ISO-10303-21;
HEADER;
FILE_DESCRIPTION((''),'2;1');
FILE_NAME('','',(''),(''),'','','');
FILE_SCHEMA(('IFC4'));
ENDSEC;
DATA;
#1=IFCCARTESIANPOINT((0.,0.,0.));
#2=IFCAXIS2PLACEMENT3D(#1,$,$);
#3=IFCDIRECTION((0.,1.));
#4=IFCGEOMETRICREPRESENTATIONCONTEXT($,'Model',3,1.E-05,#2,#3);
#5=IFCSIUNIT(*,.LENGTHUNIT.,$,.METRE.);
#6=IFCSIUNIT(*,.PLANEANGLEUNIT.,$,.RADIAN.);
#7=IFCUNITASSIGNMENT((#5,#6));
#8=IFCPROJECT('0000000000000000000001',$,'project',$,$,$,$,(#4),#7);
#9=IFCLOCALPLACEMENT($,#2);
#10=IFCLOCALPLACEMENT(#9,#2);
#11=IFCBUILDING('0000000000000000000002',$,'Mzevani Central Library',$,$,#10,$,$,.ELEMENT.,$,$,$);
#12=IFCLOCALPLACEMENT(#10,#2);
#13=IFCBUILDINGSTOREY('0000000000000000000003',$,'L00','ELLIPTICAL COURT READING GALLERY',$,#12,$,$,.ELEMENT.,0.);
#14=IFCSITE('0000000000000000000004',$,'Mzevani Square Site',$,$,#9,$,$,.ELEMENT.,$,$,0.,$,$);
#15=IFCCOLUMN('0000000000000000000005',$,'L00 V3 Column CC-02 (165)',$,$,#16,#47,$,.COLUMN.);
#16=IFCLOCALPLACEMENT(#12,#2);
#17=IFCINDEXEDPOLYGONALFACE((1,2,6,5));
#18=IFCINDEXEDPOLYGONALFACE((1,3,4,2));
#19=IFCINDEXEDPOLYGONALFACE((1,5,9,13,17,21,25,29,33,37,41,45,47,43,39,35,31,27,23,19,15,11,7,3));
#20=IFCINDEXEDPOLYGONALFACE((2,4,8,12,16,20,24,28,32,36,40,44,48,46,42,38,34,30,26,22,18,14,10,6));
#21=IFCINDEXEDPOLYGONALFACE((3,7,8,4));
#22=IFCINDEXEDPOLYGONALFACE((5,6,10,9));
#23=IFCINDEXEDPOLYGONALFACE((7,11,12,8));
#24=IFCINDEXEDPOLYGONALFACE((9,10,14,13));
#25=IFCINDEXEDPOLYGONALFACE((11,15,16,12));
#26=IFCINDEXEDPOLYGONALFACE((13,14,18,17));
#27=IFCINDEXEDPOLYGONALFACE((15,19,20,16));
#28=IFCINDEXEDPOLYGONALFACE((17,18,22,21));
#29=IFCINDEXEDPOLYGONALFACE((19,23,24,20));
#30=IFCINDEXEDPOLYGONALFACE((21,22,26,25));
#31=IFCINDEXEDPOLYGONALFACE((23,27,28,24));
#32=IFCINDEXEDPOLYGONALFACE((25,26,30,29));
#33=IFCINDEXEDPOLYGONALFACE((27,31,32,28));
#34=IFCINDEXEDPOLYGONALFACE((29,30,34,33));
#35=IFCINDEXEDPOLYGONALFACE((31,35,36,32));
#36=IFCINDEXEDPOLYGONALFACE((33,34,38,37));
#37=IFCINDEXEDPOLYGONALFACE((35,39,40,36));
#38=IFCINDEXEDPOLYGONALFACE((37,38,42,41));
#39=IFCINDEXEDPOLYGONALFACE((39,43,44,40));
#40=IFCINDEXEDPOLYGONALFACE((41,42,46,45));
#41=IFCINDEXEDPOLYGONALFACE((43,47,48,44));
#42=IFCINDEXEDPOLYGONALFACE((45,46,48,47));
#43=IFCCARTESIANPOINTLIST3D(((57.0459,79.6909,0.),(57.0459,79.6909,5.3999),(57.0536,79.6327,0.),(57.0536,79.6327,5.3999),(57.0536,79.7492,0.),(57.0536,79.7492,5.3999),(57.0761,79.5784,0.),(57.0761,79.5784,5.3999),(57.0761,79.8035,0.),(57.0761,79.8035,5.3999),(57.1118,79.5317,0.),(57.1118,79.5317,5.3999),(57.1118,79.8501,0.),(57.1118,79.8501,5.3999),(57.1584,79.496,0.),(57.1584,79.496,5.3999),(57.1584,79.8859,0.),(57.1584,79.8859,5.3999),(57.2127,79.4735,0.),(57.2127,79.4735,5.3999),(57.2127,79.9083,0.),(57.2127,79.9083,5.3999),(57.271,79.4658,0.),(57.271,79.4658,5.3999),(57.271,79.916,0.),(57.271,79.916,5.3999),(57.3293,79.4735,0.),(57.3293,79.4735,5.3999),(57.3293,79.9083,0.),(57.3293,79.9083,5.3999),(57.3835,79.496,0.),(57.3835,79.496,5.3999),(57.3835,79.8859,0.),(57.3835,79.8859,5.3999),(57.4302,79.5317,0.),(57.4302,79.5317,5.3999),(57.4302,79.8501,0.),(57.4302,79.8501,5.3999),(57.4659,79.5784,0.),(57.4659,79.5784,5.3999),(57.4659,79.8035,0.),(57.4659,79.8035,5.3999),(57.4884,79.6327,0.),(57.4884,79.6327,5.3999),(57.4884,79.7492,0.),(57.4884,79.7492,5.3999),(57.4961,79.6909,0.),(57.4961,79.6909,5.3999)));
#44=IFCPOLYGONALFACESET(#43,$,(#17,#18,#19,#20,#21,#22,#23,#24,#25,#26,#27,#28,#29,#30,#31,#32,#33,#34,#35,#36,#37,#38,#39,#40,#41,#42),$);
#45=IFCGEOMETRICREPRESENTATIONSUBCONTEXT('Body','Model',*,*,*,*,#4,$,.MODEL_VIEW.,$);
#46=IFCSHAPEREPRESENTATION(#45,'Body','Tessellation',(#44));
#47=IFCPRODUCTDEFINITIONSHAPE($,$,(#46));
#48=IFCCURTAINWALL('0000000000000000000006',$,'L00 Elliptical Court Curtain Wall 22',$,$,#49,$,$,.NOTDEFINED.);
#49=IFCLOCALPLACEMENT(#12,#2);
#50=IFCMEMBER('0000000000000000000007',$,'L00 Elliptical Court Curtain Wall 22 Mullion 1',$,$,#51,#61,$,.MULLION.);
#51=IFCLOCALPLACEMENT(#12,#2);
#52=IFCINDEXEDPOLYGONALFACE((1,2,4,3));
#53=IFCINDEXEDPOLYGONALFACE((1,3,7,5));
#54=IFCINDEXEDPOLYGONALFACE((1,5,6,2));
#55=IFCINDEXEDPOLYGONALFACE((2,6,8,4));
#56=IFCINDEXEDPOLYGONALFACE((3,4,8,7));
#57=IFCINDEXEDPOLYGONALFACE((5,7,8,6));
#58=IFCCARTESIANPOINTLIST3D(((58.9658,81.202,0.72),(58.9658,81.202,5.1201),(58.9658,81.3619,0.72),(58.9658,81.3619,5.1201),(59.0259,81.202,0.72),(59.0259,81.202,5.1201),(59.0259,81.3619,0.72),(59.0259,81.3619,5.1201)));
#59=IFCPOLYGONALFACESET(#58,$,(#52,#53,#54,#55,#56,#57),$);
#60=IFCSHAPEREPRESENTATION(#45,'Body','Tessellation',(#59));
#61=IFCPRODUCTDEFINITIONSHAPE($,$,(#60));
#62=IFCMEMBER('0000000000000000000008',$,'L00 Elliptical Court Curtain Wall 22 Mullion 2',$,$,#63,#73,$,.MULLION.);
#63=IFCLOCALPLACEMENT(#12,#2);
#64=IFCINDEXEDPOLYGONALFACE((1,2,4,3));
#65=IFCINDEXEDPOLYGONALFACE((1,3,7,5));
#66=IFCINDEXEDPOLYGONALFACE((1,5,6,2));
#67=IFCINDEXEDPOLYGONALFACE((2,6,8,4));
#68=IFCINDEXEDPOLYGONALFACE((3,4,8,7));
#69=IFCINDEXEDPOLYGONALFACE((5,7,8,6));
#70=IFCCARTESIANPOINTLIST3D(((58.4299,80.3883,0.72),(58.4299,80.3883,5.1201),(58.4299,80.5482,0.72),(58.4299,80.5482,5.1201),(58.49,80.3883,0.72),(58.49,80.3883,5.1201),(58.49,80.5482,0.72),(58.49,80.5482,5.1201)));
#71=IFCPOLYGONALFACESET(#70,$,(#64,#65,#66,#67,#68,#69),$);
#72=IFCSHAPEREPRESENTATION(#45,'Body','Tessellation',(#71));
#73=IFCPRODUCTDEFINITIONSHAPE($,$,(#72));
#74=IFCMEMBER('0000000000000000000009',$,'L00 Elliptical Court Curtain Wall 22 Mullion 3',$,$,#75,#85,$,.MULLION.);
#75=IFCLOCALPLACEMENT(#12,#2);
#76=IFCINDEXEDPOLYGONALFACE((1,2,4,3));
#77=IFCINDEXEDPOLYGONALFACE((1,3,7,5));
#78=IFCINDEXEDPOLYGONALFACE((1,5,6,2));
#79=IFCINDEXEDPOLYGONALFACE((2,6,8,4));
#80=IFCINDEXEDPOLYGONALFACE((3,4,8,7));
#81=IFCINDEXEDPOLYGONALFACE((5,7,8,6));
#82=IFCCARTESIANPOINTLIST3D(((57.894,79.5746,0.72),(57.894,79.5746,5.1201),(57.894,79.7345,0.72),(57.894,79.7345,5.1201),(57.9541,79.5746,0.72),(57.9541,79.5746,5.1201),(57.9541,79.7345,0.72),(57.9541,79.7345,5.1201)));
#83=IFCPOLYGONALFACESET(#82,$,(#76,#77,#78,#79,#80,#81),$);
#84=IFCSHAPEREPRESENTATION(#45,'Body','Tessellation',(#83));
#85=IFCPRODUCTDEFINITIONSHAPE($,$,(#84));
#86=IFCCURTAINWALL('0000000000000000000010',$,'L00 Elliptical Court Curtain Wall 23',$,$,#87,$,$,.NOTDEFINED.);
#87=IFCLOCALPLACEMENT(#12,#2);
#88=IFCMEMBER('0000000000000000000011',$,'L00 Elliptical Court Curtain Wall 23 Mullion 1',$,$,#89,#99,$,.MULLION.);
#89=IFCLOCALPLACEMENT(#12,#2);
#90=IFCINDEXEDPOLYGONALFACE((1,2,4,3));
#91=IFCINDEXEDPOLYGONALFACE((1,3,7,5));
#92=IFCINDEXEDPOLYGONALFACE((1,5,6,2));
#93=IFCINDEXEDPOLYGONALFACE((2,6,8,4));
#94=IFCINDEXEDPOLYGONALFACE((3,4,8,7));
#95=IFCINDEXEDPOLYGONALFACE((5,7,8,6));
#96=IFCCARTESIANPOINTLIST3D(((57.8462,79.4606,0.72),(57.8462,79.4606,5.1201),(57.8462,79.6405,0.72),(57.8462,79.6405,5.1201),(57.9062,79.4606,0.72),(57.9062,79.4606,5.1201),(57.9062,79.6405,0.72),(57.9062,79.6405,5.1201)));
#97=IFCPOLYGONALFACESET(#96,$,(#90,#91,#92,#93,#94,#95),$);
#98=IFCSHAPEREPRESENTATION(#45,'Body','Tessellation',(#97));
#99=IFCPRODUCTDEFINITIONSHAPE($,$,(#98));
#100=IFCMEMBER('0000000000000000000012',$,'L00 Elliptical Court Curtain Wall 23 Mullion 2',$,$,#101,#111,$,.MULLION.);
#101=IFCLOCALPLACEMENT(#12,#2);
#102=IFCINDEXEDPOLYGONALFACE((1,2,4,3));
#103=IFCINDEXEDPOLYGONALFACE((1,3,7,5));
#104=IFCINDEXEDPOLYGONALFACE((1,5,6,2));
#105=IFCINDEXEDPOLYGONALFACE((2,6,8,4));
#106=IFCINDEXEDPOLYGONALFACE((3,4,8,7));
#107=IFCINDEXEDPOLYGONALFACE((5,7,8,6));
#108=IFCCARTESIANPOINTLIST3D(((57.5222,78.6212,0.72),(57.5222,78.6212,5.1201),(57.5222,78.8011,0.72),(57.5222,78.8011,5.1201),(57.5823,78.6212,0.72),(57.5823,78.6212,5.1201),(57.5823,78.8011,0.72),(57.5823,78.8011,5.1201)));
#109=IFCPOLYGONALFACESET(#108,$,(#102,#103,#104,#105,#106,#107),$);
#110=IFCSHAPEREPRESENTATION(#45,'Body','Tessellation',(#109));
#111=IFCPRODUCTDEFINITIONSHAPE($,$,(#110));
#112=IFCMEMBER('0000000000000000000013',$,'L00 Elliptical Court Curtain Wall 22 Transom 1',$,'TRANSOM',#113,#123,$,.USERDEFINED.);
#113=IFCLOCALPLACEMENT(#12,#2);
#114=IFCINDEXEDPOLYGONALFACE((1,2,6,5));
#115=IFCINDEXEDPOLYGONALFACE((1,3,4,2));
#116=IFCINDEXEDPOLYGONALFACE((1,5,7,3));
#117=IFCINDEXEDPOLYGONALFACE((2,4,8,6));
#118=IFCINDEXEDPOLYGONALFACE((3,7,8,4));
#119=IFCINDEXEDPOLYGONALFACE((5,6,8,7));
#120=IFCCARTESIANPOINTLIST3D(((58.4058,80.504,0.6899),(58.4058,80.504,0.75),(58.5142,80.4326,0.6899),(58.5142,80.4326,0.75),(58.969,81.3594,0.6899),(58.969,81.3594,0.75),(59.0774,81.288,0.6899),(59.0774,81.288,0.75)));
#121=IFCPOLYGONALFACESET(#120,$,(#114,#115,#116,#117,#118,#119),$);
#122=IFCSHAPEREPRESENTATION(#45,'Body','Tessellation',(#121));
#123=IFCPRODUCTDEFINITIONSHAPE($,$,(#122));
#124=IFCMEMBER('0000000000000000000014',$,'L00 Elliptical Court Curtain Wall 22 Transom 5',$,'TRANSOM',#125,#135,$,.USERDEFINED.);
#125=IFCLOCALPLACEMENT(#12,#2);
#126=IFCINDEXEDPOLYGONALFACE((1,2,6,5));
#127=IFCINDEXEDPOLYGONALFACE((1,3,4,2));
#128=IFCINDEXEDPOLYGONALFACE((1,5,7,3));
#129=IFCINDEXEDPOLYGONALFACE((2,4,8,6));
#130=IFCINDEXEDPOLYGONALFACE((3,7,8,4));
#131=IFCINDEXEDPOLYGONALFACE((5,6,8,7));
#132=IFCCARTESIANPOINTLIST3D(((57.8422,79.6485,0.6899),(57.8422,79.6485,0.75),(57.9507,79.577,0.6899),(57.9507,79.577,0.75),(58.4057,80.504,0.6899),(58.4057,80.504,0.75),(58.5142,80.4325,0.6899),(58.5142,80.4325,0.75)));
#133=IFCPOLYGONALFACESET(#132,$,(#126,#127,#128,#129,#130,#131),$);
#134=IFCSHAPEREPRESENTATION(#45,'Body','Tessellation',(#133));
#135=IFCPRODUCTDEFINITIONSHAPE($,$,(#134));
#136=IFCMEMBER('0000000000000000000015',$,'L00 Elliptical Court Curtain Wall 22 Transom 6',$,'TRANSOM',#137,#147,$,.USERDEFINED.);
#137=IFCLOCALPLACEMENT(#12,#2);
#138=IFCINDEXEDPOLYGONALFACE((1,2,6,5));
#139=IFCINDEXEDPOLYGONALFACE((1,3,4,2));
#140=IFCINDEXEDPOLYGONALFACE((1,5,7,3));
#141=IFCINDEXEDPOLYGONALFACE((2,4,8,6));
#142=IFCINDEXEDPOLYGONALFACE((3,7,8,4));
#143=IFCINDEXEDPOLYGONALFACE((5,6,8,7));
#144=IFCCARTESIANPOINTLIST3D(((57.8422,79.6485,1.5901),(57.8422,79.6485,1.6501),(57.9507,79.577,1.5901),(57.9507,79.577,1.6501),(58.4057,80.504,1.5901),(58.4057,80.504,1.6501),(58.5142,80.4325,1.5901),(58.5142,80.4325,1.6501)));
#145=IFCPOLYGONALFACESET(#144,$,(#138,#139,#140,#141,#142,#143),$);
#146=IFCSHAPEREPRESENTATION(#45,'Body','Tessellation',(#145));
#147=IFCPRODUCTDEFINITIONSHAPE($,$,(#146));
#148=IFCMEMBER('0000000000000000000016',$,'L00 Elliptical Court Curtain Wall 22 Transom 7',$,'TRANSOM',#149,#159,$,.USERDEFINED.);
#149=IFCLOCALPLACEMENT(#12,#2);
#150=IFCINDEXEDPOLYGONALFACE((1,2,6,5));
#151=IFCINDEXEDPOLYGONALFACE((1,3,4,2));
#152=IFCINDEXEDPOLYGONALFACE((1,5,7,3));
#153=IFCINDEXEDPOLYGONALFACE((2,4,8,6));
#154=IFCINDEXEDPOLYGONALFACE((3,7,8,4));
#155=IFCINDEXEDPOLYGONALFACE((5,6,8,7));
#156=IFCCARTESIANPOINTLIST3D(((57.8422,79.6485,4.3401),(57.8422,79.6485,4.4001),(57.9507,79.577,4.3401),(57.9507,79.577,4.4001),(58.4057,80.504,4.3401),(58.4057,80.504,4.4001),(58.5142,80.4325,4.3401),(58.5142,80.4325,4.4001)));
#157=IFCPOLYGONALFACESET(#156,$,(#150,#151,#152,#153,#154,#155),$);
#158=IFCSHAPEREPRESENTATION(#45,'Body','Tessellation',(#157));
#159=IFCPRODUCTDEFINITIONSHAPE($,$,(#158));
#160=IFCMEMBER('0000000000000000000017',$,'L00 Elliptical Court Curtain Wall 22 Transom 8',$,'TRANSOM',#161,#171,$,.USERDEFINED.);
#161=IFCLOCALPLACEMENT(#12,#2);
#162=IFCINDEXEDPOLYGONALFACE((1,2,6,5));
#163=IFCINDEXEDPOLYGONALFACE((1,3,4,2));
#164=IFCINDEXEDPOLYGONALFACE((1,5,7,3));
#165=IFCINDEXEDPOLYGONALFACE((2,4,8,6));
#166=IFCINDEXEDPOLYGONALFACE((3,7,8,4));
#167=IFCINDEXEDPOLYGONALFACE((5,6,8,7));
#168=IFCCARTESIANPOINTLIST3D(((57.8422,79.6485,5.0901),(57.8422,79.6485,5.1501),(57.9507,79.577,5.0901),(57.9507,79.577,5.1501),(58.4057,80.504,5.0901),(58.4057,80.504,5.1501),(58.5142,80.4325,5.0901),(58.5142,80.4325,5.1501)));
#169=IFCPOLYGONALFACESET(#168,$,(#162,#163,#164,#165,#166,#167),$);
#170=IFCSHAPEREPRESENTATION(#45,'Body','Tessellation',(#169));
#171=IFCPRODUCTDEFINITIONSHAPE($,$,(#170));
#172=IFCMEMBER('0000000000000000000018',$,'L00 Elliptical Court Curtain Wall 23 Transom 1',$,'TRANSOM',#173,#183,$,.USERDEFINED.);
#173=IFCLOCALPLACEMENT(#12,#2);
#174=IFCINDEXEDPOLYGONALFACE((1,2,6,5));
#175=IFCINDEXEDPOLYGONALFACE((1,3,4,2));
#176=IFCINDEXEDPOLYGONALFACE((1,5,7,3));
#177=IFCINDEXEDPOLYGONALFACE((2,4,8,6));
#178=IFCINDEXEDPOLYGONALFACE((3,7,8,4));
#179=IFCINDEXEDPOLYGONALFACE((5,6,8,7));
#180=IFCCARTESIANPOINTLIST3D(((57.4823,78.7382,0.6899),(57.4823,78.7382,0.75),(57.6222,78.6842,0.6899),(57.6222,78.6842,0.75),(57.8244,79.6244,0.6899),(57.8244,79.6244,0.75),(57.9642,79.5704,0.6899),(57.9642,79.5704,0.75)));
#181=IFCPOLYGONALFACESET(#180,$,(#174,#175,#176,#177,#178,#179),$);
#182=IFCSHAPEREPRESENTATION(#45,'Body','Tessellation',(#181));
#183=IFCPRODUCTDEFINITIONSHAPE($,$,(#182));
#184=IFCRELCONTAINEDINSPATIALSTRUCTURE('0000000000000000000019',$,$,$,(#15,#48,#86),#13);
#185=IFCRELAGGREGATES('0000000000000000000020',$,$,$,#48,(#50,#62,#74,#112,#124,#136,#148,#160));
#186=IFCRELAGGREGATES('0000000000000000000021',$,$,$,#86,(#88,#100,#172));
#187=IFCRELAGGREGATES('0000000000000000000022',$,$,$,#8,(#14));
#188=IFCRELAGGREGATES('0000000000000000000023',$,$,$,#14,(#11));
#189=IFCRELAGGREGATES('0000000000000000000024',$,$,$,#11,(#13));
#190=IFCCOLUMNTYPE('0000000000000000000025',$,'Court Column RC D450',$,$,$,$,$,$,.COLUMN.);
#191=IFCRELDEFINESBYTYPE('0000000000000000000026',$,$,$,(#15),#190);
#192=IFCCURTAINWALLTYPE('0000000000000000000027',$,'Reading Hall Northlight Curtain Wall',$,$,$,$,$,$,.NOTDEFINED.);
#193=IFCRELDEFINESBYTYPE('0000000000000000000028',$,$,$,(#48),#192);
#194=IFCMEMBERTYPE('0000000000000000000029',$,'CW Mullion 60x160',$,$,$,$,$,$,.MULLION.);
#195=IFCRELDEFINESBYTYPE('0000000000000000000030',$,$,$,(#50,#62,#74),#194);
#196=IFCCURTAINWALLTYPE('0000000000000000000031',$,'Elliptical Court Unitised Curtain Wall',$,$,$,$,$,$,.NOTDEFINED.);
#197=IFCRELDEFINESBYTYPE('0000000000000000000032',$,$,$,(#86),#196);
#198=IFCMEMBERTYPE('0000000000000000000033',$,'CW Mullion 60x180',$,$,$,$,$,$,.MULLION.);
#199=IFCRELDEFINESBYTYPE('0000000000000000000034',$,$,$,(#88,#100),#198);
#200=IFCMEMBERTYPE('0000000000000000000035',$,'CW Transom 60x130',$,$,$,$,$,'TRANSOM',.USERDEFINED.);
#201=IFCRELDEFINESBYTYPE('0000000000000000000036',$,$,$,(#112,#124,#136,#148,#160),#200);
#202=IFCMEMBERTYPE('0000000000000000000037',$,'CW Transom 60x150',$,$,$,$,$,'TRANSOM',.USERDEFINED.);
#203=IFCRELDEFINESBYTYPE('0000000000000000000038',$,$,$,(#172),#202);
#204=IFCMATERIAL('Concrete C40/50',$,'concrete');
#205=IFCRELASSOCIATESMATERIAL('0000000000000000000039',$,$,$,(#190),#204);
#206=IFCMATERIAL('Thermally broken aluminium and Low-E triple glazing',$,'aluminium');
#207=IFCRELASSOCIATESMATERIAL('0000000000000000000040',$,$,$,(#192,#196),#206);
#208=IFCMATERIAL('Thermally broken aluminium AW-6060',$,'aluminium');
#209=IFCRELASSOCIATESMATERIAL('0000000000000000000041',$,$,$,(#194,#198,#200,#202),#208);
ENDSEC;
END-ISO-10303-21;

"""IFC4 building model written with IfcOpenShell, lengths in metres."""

from ifc_helpers import new_model, si_unit, direction, frame, origin, origin_2d, place, context, subcontext, project, spatial, rectangle, circle, extrude, material, material_profile, profile_set, type_object, element, aggregate, save


model = new_model("IFC4")

# Units and contexts
model_context = context("Model", 3, precision=1e-05, world=origin(), true_north=direction((0.0, 1.0)))
body_context = subcontext(model_context, "Body", "Model", "MODEL_VIEW")
ifc_project = project(units=[si_unit("LENGTHUNIT", "METRE"), si_unit("PLANEANGLEUNIT", "RADIAN")], contexts=[model_context])

# Site, building, storey
site_placement = place(None, origin())
site = spatial("IfcSite", under=ifc_project, at=site_placement, Name="Mzevani Square Site", CompositionType="ELEMENT", RefElevation=0.0)
building_placement = place(site_placement, origin())
building = spatial("IfcBuilding", under=site, at=building_placement, Name="Mzevani Central Library", CompositionType="ELEMENT")
storey_placement = place(building_placement, origin())
storey = spatial("IfcBuildingStorey", under=building, at=storey_placement, Name="L00", Description="ELLIPTICAL COURT READING GALLERY", CompositionType="ELEMENT", Elevation=0.0)

# Column
ifc_material_1 = material(Name="Concrete C40/50", Category="concrete")
ifc_material_profile_1 = material_profile(ifc_material_1, circle(Radius=0.2251, at=origin_2d()), Name="RC D450")
ifc_profile_set_1 = profile_set([ifc_material_profile_1], Name="Concrete C40/50")
column_type = type_object("IfcColumnType", Name="Court Column RC D450", PredefinedType="COLUMN", material=ifc_profile_set_1)
column_placement = place(storey_placement, frame((57.271, 79.6909, 0.0), z_axis=(0.0, 0.0, 1.0), x_axis=(1.0, 0.0, 0.0)))
element("IfcColumn", 1, at=column_placement, inside=storey, type_object=column_type, Name="L00 V3 Column CC-02 (165)", PredefinedType="COLUMN", context=body_context, shape_type="SweptSolid", body=[
    extrude(circle(Radius=0.2251, at=origin_2d()), origin(), (0.0, 0.0, 1.0), 5.3999),
])

# Curtain walls, members
ifc_material_2 = material(Name="Thermally broken aluminium and Low-E triple glazing", Category="aluminium")
curtain_wall_type_1 = type_object("IfcCurtainWallType", Name="Reading Hall Northlight Curtain Wall", PredefinedType="NOTDEFINED", material=ifc_material_2)
curtain_wall_1_placement = place(storey_placement, origin())
curtain_wall_1 = element("IfcCurtainWall", 2, at=curtain_wall_1_placement, inside=storey, type_object=curtain_wall_type_1, Name="L00 Elliptical Court Curtain Wall 22", PredefinedType="NOTDEFINED")
ifc_material_3 = material(Name="Thermally broken aluminium AW-6060", Category="aluminium")
ifc_material_profile_2 = material_profile(ifc_material_3, rectangle(XDim=0.0601, YDim=0.1599, at=origin_2d()), Name="ALU M60x160")
ifc_profile_set_2 = profile_set([ifc_material_profile_2], Name="Thermally broken aluminium AW-6060")
member_type_1 = type_object("IfcMemberType", Name="CW Mullion 60x160", PredefinedType="MULLION", material=ifc_profile_set_2)
member_1_placement = place(storey_placement, frame((58.9958, 81.282, 0.72), z_axis=(0.0, 0.0, 1.0), x_axis=(1.0, 0.0, 0.0)))
member_1 = element("IfcMember", 3, at=member_1_placement, type_object=member_type_1, Name="L00 Elliptical Court Curtain Wall 22 Mullion 1", PredefinedType="MULLION", context=body_context, shape_type="SweptSolid", body=[
    extrude(rectangle(XDim=0.0601, YDim=0.1599, at=origin_2d()), origin(), (0.0, 0.0, 1.0), 4.4001),
])
member_2_placement = place(storey_placement, frame((58.46, 80.4683, 0.72), z_axis=(0.0, 0.0, 1.0), x_axis=(1.0, 0.0, 0.0)))
member_2 = element("IfcMember", 4, at=member_2_placement, type_object=member_type_1, Name="L00 Elliptical Court Curtain Wall 22 Mullion 2", PredefinedType="MULLION", context=body_context, shape_type="SweptSolid", body=[
    extrude(rectangle(XDim=0.0601, YDim=0.1599, at=origin_2d()), origin(), (0.0, 0.0, 1.0), 4.4001),
])
member_3_placement = place(storey_placement, frame((57.9241, 79.6545, 0.72), z_axis=(0.0, 0.0, 1.0), x_axis=(1.0, 0.0, 0.0)))
member_3 = element("IfcMember", 5, at=member_3_placement, type_object=member_type_1, Name="L00 Elliptical Court Curtain Wall 22 Mullion 3", PredefinedType="MULLION", context=body_context, shape_type="SweptSolid", body=[
    extrude(rectangle(XDim=0.0601, YDim=0.1599, at=origin_2d()), origin(), (0.0, 0.0, 1.0), 4.4001),
])
curtain_wall_type_2 = type_object("IfcCurtainWallType", Name="Elliptical Court Unitised Curtain Wall", PredefinedType="NOTDEFINED", material=ifc_material_2)
curtain_wall_2_placement = place(storey_placement, origin())
curtain_wall_2 = element("IfcCurtainWall", 6, at=curtain_wall_2_placement, inside=storey, type_object=curtain_wall_type_2, Name="L00 Elliptical Court Curtain Wall 23", PredefinedType="NOTDEFINED")
ifc_material_profile_3 = material_profile(ifc_material_3, rectangle(XDim=0.0601, YDim=0.1799, at=origin_2d()), Name="ALU M60x180")
ifc_profile_set_3 = profile_set([ifc_material_profile_3], Name="Thermally broken aluminium AW-6060")
member_type_2 = type_object("IfcMemberType", Name="CW Mullion 60x180", PredefinedType="MULLION", material=ifc_profile_set_3)
member_4_placement = place(storey_placement, frame((57.8762, 79.5505, 0.72), z_axis=(0.0, 0.0, 1.0), x_axis=(1.0, 0.0, 0.0)))
member_4 = element("IfcMember", 7, at=member_4_placement, type_object=member_type_2, Name="L00 Elliptical Court Curtain Wall 23 Mullion 1", PredefinedType="MULLION", context=body_context, shape_type="SweptSolid", body=[
    extrude(rectangle(XDim=0.0601, YDim=0.1799, at=origin_2d()), origin(), (0.0, 0.0, 1.0), 4.4001),
])
member_5_placement = place(storey_placement, frame((57.5522, 78.7112, 0.72), z_axis=(0.0, 0.0, 1.0), x_axis=(1.0, 0.0, 0.0)))
member_5 = element("IfcMember", 8, at=member_5_placement, type_object=member_type_2, Name="L00 Elliptical Court Curtain Wall 23 Mullion 2", PredefinedType="MULLION", context=body_context, shape_type="SweptSolid", body=[
    extrude(rectangle(XDim=0.0601, YDim=0.1799, at=origin_2d()), origin(), (0.0, 0.0, 1.0), 4.4001),
])

# Members
ifc_material_profile_4 = material_profile(ifc_material_3, rectangle(XDim=0.1299, YDim=0.0601, at=origin_2d()), Name="ALU T60x130")
ifc_profile_set_4 = profile_set([ifc_material_profile_4], Name="Thermally broken aluminium AW-6060")
member_type_3 = type_object("IfcMemberType", Name="CW Transom 60x130", ElementType="TRANSOM", PredefinedType="USERDEFINED", material=ifc_profile_set_4)
member_6_placement = place(storey_placement, frame((59.0232, 81.3237, 0.72), z_axis=(-0.549905, -0.835227, 0.0), x_axis=(0.835227, -0.549905, 0.0)))
member_6 = element("IfcMember", 9, at=member_6_placement, type_object=member_type_3, Name="L00 Elliptical Court Curtain Wall 22 Transom 1", ObjectType="TRANSOM", PredefinedType="USERDEFINED", context=body_context, shape_type="SweptSolid", body=[
    extrude(rectangle(XDim=0.1299, YDim=0.0601, at=origin_2d()), origin(), (0.0, 0.0, 1.0), 1.0242),
])
member_7_placement = place(storey_placement, frame((58.46, 80.4683, 0.72), z_axis=(-0.550072, -0.835117, 0.0), x_axis=(0.835117, -0.550072, 0.0)))
member_7 = element("IfcMember", 10, at=member_7_placement, type_object=member_type_3, Name="L00 Elliptical Court Curtain Wall 22 Transom 5", ObjectType="TRANSOM", PredefinedType="USERDEFINED", context=body_context, shape_type="SweptSolid", body=[
    extrude(rectangle(XDim=0.1299, YDim=0.0601, at=origin_2d()), origin(), (0.0, 0.0, 1.0), 1.0244),
])
member_8_placement = place(storey_placement, frame((58.46, 80.4683, 1.6201), z_axis=(-0.550072, -0.835117, 0.0), x_axis=(0.835117, -0.550072, 0.0)))
member_8 = element("IfcMember", 11, at=member_8_placement, type_object=member_type_3, Name="L00 Elliptical Court Curtain Wall 22 Transom 6", ObjectType="TRANSOM", PredefinedType="USERDEFINED", context=body_context, shape_type="SweptSolid", body=[
    extrude(rectangle(XDim=0.1299, YDim=0.0601, at=origin_2d()), origin(), (0.0, 0.0, 1.0), 1.0244),
])
member_9_placement = place(storey_placement, frame((58.46, 80.4683, 4.3701), z_axis=(-0.550072, -0.835117, 0.0), x_axis=(0.835117, -0.550072, 0.0)))
member_9 = element("IfcMember", 12, at=member_9_placement, type_object=member_type_3, Name="L00 Elliptical Court Curtain Wall 22 Transom 7", ObjectType="TRANSOM", PredefinedType="USERDEFINED", context=body_context, shape_type="SweptSolid", body=[
    extrude(rectangle(XDim=0.1299, YDim=0.0601, at=origin_2d()), origin(), (0.0, 0.0, 1.0), 1.0244),
])
member_10_placement = place(storey_placement, frame((58.46, 80.4683, 5.1201), z_axis=(-0.550072, -0.835117, 0.0), x_axis=(0.835117, -0.550072, 0.0)))
member_10 = element("IfcMember", 13, at=member_10_placement, type_object=member_type_3, Name="L00 Elliptical Court Curtain Wall 22 Transom 8", ObjectType="TRANSOM", PredefinedType="USERDEFINED", context=body_context, shape_type="SweptSolid", body=[
    extrude(rectangle(XDim=0.1299, YDim=0.0601, at=origin_2d()), origin(), (0.0, 0.0, 1.0), 1.0244),
])
ifc_material_profile_5 = material_profile(ifc_material_3, rectangle(XDim=0.1499, YDim=0.0601, at=origin_2d()), Name="ALU T60x150")
ifc_profile_set_5 = profile_set([ifc_material_profile_5], Name="Thermally broken aluminium AW-6060")
member_type_4 = type_object("IfcMemberType", Name="CW Transom 60x150", ElementType="TRANSOM", PredefinedType="USERDEFINED", material=ifc_profile_set_5)
member_11_placement = place(storey_placement, frame((57.8943, 79.5974, 0.72), z_axis=(-0.360064, -0.932928, 0.0), x_axis=(0.932928, -0.360064, 0.0)))
member_11 = element("IfcMember", 14, at=member_11_placement, type_object=member_type_4, Name="L00 Elliptical Court Curtain Wall 23 Transom 1", ObjectType="TRANSOM", PredefinedType="USERDEFINED", context=body_context, shape_type="SweptSolid", body=[
    extrude(rectangle(XDim=0.1499, YDim=0.0601, at=origin_2d()), origin(), (0.0, 0.0, 1.0), 0.95),
])

aggregate(curtain_wall_1, [member_1, member_2, member_3, member_6, member_7, member_8, member_9, member_10])
aggregate(curtain_wall_2, [member_4, member_5, member_11])

save(model, "model.ifc")
